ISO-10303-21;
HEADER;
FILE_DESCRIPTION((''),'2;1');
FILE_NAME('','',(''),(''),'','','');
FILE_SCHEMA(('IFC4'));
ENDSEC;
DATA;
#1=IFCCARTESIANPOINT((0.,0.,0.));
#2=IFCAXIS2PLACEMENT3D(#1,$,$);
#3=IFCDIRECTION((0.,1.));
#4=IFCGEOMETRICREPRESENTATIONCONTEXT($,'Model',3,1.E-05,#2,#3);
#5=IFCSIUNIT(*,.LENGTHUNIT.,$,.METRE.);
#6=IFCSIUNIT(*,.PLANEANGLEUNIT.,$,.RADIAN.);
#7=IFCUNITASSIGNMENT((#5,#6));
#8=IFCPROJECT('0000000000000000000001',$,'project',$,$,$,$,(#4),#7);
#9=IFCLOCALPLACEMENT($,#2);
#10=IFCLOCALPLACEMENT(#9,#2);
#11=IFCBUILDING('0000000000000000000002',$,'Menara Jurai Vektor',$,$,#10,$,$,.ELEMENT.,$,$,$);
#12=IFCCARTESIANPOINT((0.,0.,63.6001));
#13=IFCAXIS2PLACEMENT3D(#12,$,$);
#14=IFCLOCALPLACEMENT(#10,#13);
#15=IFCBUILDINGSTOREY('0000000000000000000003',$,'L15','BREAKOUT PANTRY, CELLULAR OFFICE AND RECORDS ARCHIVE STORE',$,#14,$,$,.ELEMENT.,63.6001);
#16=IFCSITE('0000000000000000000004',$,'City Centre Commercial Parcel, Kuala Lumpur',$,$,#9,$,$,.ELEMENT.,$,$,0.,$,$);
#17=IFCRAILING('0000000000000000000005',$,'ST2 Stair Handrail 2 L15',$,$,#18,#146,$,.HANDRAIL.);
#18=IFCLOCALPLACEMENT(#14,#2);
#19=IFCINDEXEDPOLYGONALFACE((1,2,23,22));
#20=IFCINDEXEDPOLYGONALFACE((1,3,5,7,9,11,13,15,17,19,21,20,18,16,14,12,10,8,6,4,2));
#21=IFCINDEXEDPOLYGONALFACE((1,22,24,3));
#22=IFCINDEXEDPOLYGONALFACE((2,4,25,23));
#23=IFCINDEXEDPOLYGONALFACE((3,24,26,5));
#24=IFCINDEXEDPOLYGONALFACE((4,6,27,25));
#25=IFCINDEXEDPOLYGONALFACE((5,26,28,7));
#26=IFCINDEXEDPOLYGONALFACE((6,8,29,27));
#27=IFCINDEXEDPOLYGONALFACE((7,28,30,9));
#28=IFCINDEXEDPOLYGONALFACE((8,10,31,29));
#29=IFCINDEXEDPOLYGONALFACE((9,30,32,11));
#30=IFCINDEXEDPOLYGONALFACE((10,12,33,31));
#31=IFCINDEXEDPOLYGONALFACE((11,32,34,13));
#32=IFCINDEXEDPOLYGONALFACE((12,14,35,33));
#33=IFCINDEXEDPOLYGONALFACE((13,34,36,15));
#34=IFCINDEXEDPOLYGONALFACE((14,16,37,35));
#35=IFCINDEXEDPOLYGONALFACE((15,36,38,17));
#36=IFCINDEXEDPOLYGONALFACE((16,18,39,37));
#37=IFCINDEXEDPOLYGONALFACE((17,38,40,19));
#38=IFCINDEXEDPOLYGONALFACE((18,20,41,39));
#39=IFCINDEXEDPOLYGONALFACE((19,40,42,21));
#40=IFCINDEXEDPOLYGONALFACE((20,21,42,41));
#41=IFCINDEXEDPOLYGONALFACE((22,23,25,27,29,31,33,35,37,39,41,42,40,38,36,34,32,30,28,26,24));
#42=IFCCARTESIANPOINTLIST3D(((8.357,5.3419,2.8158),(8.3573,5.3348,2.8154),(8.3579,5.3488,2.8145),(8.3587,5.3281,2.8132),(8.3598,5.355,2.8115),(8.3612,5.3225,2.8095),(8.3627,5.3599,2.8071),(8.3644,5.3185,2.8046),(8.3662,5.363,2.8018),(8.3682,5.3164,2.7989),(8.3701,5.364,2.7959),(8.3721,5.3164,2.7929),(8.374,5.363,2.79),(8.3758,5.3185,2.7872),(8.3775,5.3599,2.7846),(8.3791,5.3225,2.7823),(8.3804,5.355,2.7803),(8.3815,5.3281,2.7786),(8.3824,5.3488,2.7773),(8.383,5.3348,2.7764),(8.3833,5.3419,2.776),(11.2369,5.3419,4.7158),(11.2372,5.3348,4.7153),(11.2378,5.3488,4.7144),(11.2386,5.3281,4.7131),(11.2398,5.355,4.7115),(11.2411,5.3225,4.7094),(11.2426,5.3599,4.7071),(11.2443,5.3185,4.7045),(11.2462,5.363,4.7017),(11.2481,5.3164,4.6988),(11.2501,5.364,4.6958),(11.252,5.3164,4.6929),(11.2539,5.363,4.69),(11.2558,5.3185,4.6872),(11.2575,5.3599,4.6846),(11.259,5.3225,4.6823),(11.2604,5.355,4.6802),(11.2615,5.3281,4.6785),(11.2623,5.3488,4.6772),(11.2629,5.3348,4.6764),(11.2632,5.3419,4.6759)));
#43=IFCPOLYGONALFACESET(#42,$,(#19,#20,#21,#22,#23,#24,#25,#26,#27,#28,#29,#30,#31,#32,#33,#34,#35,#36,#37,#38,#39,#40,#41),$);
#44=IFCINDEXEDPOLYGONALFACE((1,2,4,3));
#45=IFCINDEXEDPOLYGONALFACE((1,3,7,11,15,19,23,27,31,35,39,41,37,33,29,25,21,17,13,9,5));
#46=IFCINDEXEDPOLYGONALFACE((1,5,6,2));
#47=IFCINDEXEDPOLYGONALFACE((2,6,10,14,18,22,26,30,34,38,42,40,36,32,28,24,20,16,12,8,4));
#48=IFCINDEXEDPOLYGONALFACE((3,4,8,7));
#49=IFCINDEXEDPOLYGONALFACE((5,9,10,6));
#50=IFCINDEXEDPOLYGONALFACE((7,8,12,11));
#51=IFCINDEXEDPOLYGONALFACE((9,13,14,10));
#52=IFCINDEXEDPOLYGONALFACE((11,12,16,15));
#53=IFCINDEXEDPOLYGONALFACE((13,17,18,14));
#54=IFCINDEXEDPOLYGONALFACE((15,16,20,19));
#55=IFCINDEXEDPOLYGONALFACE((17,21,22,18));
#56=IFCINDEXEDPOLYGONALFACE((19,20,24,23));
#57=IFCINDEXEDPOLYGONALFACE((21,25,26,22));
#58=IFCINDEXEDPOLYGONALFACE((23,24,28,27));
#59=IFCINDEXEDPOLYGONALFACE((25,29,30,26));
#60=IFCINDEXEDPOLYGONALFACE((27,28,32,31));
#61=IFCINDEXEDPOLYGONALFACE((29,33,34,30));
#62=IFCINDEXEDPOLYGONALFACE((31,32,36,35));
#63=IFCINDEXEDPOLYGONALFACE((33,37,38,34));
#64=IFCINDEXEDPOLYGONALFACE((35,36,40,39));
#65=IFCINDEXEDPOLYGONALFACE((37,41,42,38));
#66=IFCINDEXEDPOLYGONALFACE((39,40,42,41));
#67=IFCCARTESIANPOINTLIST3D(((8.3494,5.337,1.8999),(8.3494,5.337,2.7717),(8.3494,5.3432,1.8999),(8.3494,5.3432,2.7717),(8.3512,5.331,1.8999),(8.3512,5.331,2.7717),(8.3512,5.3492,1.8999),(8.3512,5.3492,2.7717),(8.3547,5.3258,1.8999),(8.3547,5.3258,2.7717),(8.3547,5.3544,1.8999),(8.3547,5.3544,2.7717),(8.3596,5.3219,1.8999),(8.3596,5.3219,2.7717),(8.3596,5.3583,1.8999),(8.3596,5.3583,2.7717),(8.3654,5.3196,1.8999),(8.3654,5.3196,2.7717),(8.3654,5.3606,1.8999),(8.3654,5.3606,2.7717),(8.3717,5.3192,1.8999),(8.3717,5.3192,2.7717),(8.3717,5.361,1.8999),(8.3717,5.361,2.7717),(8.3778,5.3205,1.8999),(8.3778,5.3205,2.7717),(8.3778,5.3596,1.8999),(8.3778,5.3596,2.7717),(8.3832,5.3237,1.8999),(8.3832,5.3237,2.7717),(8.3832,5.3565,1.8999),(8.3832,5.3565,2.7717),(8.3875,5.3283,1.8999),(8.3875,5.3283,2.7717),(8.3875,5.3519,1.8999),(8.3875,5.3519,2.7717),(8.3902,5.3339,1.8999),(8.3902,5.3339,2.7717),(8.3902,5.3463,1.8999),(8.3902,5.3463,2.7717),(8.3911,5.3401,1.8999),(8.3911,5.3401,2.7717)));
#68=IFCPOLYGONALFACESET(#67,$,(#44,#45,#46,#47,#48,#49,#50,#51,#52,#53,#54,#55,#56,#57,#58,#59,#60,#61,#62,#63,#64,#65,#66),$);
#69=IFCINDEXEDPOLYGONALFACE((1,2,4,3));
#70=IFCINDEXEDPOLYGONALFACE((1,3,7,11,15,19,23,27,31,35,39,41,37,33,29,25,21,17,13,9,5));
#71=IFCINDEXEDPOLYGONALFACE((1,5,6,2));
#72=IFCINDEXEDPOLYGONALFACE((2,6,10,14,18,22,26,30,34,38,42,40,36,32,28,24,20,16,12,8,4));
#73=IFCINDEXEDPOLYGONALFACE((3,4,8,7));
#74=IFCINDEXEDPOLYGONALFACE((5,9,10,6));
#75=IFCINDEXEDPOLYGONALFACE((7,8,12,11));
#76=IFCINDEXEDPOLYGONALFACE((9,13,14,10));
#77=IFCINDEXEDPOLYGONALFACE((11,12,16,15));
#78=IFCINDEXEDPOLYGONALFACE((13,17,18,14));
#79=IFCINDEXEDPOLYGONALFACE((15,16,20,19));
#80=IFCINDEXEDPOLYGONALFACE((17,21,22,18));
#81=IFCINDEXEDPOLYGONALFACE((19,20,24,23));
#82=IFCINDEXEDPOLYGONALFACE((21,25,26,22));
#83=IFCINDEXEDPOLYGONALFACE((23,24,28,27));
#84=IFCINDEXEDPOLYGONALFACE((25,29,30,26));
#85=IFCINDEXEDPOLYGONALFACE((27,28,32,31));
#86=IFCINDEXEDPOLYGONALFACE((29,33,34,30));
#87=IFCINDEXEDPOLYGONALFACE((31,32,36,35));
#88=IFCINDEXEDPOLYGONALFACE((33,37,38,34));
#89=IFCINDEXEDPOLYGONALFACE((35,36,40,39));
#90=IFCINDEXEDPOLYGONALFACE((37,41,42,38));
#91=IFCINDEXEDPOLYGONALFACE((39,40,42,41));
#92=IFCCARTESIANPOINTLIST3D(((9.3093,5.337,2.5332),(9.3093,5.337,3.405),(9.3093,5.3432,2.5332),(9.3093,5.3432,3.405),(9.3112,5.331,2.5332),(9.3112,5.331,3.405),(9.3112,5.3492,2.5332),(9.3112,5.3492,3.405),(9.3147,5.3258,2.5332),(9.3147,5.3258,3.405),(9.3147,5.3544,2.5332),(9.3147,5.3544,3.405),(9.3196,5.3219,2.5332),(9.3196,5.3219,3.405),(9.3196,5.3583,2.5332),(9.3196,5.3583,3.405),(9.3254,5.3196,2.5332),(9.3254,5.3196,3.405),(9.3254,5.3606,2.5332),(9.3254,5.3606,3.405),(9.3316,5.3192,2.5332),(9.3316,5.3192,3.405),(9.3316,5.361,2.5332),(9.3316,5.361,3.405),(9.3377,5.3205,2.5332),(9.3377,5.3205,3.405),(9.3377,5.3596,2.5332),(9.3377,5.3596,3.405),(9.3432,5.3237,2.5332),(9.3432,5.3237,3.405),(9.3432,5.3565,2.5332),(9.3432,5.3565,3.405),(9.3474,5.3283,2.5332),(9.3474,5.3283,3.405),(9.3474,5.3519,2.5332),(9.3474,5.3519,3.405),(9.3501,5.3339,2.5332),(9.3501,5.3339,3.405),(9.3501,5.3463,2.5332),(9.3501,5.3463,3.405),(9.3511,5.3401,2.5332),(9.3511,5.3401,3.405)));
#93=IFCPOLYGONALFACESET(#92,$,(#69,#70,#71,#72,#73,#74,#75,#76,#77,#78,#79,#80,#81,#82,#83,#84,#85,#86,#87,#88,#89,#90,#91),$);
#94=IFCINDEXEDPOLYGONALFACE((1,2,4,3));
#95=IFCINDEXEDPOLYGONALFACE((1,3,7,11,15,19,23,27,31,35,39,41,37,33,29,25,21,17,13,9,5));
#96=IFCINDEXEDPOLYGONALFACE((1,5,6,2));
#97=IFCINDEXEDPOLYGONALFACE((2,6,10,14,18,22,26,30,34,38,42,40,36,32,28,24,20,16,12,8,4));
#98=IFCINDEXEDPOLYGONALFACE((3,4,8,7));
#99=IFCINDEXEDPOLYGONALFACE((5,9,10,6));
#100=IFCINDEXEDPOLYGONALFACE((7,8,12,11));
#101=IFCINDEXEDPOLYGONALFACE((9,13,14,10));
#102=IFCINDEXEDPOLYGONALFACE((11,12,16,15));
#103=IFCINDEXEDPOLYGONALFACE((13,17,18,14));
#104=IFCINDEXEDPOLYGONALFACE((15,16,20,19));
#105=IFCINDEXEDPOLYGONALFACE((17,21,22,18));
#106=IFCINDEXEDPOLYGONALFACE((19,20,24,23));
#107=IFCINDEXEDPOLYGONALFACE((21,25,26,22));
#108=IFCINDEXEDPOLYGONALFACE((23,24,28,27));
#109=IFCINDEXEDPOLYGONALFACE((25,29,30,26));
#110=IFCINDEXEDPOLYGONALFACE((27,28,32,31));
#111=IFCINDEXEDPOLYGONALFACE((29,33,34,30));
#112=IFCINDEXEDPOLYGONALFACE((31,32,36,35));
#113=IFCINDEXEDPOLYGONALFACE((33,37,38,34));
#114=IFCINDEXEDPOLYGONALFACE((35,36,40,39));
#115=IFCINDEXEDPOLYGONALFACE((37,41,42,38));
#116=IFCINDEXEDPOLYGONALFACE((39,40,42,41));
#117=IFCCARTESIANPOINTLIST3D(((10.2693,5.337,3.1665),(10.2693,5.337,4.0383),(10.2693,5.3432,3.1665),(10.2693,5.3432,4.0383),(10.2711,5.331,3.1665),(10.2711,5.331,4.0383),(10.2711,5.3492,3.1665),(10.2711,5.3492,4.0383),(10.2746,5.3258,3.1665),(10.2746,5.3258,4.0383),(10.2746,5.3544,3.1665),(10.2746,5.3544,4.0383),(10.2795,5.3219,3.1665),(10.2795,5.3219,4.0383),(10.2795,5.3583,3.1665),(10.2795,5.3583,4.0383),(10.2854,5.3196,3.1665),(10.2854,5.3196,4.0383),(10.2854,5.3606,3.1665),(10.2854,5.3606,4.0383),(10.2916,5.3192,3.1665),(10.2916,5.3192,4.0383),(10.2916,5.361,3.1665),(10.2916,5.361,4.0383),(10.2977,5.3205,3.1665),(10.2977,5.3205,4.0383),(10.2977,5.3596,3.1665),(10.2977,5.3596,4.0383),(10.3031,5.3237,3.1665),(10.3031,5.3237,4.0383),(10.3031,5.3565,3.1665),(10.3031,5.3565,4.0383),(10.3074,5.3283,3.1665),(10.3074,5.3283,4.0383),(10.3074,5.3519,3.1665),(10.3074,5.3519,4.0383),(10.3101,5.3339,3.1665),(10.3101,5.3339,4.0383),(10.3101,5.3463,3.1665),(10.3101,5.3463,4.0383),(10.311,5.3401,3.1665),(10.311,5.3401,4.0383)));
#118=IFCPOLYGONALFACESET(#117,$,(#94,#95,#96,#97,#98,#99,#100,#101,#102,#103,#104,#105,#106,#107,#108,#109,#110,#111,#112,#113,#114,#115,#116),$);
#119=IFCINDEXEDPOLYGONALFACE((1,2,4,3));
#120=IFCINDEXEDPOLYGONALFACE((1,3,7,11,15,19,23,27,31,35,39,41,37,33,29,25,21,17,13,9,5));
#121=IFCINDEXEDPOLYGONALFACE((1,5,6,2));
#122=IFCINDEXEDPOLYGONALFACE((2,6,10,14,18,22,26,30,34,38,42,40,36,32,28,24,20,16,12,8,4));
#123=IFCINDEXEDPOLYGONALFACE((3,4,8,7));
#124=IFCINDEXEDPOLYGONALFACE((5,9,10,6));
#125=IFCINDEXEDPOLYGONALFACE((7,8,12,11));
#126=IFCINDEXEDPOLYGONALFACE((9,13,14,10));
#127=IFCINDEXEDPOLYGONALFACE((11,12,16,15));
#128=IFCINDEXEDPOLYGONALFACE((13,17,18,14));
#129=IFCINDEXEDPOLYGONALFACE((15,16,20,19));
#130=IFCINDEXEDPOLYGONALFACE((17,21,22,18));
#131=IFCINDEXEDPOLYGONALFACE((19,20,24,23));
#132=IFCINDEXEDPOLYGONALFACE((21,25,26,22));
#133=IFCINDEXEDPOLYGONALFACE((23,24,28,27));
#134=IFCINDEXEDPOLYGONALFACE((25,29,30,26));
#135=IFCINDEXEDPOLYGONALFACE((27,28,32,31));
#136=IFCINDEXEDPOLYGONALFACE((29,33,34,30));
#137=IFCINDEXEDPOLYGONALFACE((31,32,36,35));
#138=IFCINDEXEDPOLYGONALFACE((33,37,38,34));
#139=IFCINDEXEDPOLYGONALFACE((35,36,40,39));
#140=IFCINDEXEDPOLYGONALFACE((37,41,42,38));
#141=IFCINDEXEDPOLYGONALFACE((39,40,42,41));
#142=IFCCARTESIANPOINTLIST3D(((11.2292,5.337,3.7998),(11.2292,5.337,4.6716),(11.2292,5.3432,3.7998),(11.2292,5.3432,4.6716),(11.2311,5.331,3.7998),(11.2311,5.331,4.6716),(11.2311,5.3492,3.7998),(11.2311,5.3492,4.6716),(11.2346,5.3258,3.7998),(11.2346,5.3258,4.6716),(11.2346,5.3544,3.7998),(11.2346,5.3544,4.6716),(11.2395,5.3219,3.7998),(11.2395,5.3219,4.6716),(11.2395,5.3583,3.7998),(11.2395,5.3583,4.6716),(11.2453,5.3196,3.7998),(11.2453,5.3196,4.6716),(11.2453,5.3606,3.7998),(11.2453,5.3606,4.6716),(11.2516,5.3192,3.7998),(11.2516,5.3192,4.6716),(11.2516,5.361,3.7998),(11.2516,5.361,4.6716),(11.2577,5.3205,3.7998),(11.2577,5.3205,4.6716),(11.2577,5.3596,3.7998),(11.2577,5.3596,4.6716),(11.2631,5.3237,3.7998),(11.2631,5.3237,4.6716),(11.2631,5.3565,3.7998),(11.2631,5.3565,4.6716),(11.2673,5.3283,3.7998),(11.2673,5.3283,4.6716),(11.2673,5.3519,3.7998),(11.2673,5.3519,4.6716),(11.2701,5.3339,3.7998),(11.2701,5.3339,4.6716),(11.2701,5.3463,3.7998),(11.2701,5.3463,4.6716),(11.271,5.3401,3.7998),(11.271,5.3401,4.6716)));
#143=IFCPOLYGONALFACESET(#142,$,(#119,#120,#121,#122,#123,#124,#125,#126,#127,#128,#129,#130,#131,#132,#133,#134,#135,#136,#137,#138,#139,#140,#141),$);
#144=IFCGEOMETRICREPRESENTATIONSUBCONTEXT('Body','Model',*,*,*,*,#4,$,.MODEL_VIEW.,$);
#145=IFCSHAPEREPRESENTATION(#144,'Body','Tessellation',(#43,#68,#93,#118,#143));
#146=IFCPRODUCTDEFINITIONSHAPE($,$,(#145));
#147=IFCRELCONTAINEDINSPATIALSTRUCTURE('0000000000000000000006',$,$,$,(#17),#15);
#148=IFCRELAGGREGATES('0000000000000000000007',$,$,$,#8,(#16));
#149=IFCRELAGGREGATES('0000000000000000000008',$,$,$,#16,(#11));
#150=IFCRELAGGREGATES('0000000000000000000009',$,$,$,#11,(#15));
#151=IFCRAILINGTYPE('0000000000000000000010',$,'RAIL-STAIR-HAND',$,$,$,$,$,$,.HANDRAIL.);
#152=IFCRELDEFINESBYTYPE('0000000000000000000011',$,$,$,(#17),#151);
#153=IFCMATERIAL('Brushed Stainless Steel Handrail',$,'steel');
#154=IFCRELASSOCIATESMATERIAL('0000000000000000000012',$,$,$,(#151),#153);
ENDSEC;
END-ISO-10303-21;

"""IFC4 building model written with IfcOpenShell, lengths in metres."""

from ifc_helpers import new_model, si_unit, direction, frame, origin, origin_2d, place, context, subcontext, project, spatial, circle, extrude, material, type_object, element, save


model = new_model("IFC4")

# Units and contexts
model_context = context("Model", 3, precision=1e-05, world=origin(), true_north=direction((0.0, 1.0)))
body_context = subcontext(model_context, "Body", "Model", "MODEL_VIEW")
ifc_project = project(units=[si_unit("LENGTHUNIT", "METRE"), si_unit("PLANEANGLEUNIT", "RADIAN")], contexts=[model_context])

# Site, building, storey
site_placement = place(None, origin())
site = spatial("IfcSite", under=ifc_project, at=site_placement, Name="City Centre Commercial Parcel, Kuala Lumpur", CompositionType="ELEMENT", RefElevation=0.0)
building_placement = place(site_placement, origin())
building = spatial("IfcBuilding", under=site, at=building_placement, Name="Menara Jurai Vektor", CompositionType="ELEMENT")
storey_placement = place(building_placement, frame((0.0, 0.0, 63.6001)))
storey = spatial("IfcBuildingStorey", under=building, at=storey_placement, Name="L15", Description="BREAKOUT PANTRY, CELLULAR OFFICE AND RECORDS ARCHIVE STORE", CompositionType="ELEMENT", Elevation=63.6001)

# Railing
ifc_material_1 = material(Name="Brushed Stainless Steel Handrail", Category="steel")
railing_type_1 = type_object("IfcRailingType", Name="RAIL-STAIR-HAND", PredefinedType="HANDRAIL", material=ifc_material_1)
railing_1_placement = place(storey_placement, frame((8.3701, 5.3401, 1.8999)))
element("IfcRailing", 1, at=railing_1_placement, inside=storey, type_object=railing_type_1, Name="ST2 Stair Handrail 2 L15", PredefinedType="HANDRAIL", context=body_context, shape_type="SweptSolid", body=[
    extrude(circle(Radius=0.0239, at=origin_2d()), frame((0.0, 0.0, 0.896), z_axis=(0.834719, 0.0, 0.550677), x_axis=(0.0, 1.0, 0.0)), (0.0, 0.0, 1.0), 3.4502),
    extrude(circle(Radius=0.021, at=origin_2d()), origin(), (0.0, 0.0, 1.0), 0.8718),
    extrude(circle(Radius=0.021, at=origin_2d()), frame((0.96, 0.0, 0.6333)), (0.0, 0.0, 1.0), 0.8718),
    extrude(circle(Radius=0.021, at=origin_2d()), frame((1.9199, 0.0, 1.2666)), (0.0, 0.0, 1.0), 0.8718),
    extrude(circle(Radius=0.021, at=origin_2d()), frame((2.8799, 0.0, 1.8999)), (0.0, 0.0, 1.0), 0.8718),
])

save(model, "model.ifc")
